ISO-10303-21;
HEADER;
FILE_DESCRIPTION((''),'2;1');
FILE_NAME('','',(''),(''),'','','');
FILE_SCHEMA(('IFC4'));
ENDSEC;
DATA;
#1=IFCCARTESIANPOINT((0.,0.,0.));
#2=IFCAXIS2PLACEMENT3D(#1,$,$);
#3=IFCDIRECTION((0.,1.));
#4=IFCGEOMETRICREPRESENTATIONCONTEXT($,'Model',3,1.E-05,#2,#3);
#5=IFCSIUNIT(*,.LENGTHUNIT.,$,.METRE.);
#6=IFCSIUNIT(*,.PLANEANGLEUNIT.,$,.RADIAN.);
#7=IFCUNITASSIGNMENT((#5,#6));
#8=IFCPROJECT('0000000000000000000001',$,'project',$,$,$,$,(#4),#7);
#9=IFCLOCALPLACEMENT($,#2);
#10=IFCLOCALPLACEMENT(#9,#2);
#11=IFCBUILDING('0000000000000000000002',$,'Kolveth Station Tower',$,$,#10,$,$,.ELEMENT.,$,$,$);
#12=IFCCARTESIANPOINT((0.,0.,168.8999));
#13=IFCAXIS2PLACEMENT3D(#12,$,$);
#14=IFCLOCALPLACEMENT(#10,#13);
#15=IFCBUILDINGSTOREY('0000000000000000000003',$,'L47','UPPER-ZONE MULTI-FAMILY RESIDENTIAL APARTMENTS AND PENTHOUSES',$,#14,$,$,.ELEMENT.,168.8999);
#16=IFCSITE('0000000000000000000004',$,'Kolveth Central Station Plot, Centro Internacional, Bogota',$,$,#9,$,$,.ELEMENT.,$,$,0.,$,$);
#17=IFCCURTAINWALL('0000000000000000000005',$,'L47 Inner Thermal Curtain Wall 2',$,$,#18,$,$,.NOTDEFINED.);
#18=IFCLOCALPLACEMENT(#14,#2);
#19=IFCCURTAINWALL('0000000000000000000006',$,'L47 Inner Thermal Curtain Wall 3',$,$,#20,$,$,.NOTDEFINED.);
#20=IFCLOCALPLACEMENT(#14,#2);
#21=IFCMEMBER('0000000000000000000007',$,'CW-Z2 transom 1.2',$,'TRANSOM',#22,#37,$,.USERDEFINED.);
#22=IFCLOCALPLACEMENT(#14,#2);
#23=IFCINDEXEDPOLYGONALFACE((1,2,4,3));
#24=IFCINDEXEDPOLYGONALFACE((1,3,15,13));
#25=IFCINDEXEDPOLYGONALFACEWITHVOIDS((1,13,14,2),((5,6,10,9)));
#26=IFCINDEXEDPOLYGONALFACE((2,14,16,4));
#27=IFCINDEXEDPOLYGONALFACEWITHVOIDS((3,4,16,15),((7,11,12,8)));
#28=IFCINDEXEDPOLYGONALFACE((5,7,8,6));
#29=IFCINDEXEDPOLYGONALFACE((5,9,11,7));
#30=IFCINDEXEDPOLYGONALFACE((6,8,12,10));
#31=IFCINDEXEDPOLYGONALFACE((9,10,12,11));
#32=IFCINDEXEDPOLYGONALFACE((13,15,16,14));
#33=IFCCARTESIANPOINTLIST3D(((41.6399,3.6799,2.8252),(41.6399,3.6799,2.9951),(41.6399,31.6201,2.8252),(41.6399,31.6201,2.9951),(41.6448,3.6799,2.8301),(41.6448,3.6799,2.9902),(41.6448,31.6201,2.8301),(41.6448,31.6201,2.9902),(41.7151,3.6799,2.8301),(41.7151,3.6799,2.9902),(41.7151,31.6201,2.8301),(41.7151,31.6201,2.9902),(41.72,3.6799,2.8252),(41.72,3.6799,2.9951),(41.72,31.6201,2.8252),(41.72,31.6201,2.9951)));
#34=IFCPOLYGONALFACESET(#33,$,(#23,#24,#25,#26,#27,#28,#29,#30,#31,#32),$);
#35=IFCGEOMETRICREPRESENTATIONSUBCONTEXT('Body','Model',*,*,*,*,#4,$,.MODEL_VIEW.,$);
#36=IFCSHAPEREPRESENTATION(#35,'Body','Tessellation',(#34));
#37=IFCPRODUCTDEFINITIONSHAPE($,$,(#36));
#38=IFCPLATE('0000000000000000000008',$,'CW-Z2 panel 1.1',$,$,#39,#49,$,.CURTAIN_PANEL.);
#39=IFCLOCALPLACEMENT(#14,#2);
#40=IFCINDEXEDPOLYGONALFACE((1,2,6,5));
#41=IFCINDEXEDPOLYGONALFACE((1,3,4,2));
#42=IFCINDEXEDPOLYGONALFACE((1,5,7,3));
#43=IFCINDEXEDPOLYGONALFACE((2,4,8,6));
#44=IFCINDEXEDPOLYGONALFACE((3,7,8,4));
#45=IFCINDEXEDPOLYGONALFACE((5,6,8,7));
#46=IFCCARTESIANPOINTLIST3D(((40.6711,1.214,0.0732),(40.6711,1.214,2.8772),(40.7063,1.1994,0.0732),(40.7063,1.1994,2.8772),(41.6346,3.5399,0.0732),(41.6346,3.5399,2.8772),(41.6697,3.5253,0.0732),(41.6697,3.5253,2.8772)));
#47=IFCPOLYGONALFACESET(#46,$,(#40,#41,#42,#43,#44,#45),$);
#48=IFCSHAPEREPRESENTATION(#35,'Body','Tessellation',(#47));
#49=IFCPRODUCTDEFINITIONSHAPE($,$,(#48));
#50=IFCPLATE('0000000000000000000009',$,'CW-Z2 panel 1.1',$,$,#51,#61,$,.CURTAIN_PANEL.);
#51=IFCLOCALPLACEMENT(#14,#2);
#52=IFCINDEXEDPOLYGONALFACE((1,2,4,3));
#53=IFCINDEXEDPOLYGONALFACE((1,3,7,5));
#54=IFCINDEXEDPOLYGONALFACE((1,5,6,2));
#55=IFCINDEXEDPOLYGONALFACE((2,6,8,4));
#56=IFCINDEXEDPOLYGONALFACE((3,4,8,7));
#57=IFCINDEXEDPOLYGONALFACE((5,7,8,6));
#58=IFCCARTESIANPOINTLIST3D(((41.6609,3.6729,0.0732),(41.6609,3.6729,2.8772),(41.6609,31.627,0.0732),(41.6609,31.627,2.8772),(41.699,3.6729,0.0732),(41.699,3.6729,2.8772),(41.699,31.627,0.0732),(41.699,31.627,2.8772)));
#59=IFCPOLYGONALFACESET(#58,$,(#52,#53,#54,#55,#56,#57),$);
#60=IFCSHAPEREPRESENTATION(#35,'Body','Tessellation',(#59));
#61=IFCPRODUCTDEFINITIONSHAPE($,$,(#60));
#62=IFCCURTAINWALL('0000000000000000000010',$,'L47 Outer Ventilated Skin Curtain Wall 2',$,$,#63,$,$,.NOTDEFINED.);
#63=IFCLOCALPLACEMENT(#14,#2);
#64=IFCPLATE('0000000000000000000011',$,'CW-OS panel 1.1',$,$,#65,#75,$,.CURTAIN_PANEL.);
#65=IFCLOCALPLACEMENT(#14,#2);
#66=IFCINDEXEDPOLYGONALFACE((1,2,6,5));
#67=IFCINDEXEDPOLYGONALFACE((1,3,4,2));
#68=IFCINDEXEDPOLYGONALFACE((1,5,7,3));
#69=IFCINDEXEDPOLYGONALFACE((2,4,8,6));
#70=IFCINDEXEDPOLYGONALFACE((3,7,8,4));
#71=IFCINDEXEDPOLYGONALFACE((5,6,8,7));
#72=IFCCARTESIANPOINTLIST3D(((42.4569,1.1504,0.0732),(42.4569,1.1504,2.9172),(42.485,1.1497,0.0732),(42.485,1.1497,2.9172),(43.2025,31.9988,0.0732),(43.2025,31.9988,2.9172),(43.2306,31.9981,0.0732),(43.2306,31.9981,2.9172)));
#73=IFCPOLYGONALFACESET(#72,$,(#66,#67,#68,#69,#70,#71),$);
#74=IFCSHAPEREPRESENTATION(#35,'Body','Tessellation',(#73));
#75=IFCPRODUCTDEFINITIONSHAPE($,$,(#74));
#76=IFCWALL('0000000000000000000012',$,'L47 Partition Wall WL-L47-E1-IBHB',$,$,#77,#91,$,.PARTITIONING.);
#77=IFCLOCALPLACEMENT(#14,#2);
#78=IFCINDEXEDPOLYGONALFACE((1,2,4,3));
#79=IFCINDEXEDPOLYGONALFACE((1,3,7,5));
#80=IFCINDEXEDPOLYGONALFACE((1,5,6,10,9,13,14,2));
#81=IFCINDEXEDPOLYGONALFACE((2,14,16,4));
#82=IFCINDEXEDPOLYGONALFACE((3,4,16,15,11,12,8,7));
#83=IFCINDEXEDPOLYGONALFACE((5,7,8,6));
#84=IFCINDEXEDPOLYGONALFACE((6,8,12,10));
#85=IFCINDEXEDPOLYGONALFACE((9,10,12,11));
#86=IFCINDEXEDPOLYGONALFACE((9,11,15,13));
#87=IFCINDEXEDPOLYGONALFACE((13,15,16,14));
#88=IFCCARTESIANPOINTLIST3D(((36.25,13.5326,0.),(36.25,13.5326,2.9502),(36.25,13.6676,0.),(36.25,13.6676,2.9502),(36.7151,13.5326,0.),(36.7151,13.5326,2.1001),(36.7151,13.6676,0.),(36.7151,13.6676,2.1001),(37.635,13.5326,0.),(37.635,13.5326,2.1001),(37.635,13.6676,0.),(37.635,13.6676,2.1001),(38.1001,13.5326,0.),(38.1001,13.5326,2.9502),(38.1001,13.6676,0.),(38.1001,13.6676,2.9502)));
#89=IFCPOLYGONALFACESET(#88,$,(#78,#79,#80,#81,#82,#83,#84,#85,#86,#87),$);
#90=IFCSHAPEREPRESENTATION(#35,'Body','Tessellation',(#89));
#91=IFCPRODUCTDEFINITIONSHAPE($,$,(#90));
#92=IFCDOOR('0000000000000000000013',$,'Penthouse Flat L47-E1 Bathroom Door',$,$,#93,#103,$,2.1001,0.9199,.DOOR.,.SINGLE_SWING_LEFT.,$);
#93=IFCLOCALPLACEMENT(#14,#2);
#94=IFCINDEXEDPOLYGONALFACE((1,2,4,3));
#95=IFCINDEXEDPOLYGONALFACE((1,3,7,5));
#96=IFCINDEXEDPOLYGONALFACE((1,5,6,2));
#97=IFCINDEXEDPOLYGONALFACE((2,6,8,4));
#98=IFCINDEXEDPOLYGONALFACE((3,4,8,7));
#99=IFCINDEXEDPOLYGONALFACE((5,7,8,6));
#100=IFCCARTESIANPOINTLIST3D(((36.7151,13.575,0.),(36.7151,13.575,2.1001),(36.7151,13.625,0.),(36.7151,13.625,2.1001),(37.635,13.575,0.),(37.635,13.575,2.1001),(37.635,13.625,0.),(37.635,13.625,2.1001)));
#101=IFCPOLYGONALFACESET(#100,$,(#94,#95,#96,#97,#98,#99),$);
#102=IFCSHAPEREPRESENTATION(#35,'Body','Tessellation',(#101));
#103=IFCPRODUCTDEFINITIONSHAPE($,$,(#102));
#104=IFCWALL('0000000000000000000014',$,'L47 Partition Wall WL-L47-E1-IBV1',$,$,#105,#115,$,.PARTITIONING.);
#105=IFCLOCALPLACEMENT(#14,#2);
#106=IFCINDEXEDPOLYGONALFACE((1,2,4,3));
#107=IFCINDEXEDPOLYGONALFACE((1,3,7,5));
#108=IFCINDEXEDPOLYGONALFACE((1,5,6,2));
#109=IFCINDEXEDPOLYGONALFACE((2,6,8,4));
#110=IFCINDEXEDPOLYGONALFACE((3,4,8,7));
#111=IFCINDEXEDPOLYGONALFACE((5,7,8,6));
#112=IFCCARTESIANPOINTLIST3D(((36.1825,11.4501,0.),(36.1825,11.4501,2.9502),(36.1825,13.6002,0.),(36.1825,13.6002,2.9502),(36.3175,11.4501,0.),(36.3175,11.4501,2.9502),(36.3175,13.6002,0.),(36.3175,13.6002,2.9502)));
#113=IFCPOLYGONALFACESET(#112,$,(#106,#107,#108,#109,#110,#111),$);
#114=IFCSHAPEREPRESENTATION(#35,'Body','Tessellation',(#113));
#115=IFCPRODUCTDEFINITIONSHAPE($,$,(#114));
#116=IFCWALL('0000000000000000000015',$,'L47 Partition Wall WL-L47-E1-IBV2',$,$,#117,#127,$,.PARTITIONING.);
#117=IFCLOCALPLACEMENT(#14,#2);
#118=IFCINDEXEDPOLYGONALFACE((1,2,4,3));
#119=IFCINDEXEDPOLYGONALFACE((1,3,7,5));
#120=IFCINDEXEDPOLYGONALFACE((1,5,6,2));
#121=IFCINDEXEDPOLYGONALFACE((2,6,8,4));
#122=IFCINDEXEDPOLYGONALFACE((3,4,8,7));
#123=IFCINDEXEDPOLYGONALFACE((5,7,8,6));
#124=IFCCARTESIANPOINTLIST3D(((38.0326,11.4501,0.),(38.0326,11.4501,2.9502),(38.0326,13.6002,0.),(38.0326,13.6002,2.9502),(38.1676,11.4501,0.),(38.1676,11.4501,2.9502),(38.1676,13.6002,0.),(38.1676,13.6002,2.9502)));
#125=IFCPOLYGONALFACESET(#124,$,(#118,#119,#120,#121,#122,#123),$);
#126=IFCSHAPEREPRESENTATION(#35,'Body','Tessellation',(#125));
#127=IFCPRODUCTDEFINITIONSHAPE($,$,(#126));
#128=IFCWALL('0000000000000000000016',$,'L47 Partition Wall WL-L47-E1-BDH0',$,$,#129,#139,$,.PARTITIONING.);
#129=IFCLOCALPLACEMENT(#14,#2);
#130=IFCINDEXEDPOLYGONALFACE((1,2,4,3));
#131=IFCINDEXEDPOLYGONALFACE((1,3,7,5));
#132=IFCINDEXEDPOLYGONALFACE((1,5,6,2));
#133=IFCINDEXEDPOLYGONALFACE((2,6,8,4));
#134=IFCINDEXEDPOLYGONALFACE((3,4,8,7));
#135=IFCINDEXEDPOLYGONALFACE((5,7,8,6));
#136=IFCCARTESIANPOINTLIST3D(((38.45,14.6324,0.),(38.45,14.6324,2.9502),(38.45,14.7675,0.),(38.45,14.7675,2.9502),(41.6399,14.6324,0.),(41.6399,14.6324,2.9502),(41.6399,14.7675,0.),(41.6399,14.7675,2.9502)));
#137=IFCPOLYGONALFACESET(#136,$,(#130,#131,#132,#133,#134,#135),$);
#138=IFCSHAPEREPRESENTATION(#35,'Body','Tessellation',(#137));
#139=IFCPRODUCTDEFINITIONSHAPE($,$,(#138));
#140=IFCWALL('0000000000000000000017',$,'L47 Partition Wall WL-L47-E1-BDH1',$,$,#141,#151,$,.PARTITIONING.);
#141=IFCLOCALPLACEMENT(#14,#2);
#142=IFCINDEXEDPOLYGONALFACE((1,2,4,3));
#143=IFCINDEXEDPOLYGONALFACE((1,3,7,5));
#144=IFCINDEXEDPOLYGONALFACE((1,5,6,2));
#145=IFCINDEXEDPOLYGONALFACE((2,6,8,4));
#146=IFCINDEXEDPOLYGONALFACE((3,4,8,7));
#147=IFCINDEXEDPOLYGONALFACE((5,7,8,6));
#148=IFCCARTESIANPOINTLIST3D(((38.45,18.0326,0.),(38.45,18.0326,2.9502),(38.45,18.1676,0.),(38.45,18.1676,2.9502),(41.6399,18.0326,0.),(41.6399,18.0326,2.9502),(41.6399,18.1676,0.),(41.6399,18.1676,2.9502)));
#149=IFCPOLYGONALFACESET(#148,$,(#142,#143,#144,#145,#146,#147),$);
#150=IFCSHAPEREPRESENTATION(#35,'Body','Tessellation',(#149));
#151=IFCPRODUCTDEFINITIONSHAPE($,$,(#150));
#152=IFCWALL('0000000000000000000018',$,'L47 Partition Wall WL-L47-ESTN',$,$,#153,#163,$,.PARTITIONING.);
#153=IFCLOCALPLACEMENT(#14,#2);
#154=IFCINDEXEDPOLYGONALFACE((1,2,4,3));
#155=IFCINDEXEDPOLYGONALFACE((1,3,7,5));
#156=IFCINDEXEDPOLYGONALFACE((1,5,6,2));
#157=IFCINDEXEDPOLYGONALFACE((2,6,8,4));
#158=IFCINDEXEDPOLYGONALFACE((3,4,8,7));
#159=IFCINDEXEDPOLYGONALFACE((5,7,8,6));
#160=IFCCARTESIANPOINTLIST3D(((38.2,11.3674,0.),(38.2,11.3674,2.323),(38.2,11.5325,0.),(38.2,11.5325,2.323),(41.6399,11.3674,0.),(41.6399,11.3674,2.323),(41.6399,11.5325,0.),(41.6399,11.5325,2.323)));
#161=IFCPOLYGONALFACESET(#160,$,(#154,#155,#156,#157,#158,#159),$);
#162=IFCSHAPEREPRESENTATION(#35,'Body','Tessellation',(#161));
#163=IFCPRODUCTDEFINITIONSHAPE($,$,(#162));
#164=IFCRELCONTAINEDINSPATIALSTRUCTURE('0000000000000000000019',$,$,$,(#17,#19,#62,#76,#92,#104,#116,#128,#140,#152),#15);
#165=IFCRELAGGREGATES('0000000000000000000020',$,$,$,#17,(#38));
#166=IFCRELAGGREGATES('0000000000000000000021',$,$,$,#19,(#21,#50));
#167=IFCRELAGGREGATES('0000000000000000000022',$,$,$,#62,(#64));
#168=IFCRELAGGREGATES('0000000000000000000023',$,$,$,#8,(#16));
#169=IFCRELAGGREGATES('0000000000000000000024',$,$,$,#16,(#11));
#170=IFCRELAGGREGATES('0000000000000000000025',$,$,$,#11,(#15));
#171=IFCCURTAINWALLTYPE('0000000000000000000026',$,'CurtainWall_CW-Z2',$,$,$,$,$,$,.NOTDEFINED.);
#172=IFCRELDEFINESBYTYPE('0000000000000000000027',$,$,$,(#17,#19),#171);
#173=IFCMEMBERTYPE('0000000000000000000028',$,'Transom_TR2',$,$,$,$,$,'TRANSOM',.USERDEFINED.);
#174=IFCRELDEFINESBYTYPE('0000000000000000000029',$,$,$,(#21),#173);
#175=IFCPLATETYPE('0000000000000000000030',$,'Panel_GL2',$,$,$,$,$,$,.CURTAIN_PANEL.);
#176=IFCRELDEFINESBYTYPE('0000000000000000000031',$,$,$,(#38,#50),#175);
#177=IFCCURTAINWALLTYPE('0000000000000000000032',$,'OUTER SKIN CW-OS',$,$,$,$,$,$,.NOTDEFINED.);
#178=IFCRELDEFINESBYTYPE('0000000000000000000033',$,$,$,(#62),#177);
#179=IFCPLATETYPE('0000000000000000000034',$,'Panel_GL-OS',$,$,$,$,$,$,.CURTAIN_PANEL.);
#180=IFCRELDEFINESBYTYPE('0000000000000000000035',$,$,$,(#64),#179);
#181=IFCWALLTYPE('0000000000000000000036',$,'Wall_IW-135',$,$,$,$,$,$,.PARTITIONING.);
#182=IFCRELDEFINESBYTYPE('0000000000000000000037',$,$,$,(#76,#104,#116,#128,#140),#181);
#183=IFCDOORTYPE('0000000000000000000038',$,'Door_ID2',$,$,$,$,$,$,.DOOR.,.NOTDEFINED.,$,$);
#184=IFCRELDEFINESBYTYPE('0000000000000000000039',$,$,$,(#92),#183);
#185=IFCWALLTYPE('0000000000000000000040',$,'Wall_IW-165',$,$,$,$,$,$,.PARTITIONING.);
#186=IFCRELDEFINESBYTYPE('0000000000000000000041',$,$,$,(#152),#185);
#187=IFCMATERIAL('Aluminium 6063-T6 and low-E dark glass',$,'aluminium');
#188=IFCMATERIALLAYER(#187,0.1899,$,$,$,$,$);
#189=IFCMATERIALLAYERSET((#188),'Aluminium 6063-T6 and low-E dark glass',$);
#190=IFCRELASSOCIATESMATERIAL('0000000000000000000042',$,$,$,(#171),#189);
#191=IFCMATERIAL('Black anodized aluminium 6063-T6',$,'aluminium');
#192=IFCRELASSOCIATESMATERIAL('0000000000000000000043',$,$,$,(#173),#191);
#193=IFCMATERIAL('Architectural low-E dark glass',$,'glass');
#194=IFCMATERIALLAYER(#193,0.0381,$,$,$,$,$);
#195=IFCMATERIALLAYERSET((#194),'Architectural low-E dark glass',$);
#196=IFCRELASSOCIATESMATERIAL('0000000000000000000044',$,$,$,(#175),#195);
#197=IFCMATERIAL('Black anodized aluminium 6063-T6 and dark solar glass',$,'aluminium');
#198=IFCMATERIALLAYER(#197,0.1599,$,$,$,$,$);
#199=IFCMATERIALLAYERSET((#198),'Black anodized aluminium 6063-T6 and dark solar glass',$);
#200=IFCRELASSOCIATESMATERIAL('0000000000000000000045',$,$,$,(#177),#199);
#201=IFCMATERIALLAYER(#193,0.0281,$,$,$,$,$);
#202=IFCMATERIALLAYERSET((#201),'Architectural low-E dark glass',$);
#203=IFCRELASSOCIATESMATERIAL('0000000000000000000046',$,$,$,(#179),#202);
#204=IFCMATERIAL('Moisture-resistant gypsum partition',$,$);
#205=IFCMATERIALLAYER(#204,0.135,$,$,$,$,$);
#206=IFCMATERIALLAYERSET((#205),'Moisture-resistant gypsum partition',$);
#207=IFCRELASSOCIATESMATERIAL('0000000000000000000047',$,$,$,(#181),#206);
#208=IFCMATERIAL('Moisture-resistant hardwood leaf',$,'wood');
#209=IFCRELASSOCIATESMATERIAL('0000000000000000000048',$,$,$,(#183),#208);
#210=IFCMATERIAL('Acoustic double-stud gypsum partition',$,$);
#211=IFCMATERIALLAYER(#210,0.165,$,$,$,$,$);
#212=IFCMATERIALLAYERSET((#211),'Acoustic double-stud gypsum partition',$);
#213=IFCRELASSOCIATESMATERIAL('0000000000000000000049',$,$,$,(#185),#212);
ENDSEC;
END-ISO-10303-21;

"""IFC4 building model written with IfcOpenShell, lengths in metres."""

from ifc_helpers import new_model, si_unit, direction, frame, frame_2d, origin, origin_2d, place, context, subcontext, project, spatial, rectangle, hollow_rectangle, extrude, source, transform, mapped, material, layer, layer_set, material_profile, profile_set, type_object, element, fill, aggregate, save


model = new_model("IFC4")

# Units and contexts
model_context = context("Model", 3, precision=1e-05, world=origin(), true_north=direction((0.0, 1.0)))
body_context = subcontext(model_context, "Body", "Model", "MODEL_VIEW")
ifc_project = project(units=[si_unit("LENGTHUNIT", "METRE"), si_unit("PLANEANGLEUNIT", "RADIAN")], contexts=[model_context])

# Site, building, storey
site_placement = place(None, origin())
site = spatial("IfcSite", under=ifc_project, at=site_placement, Name="Kolveth Central Station Plot, Centro Internacional, Bogota", CompositionType="ELEMENT", RefElevation=0.0)
building_placement = place(site_placement, origin())
building = spatial("IfcBuilding", under=site, at=building_placement, Name="Kolveth Station Tower", CompositionType="ELEMENT")
storey_placement = place(building_placement, frame((0.0, 0.0, 168.8999)))
storey = spatial("IfcBuildingStorey", under=building, at=storey_placement, Name="L47", Description="UPPER-ZONE MULTI-FAMILY RESIDENTIAL APARTMENTS AND PENTHOUSES", CompositionType="ELEMENT", Elevation=168.8999)

# Curtain wall
ifc_material_1 = material(Name="Aluminium 6063-T6 and low-E dark glass", Category="aluminium")
ifc_layer_1 = layer(ifc_material_1, 0.1899)
ifc_layer_set_1 = layer_set([ifc_layer_1], Name="Aluminium 6063-T6 and low-E dark glass")
curtain_wall_type_1 = type_object("IfcCurtainWallType", Name="CurtainWall_CW-Z2", PredefinedType="NOTDEFINED", material=ifc_layer_set_1)
curtain_wall_1_placement = place(storey_placement, origin())
curtain_wall_1 = element("IfcCurtainWall", 1, at=curtain_wall_1_placement, inside=storey, type_object=curtain_wall_type_1, Name="L47 Inner Thermal Curtain Wall 2", PredefinedType="NOTDEFINED")
ifc_material_2 = material(Name="Black anodized aluminium 6063-T6", Category="aluminium")

# Curtain wall, member
curtain_wall_2_placement = place(storey_placement, origin())
curtain_wall_2 = element("IfcCurtainWall", 2, at=curtain_wall_2_placement, inside=storey, type_object=curtain_wall_type_1, Name="L47 Inner Thermal Curtain Wall 3", PredefinedType="NOTDEFINED")
ifc_material_profile_1 = material_profile(ifc_material_2, hollow_rectangle(XDim=0.0801, YDim=0.1699, WallThickness=0.0049, at=origin_2d()), Name="ALU-80x170x5")
ifc_profile_set_1 = profile_set([ifc_material_profile_1], Name="Black anodized aluminium 6063-T6")
member_type_1 = type_object("IfcMemberType", Name="Transom_TR2", ElementType="TRANSOM", PredefinedType="USERDEFINED", material=ifc_profile_set_1)
shared_shape_1 = source(origin(), body_context, "Body", "SweptSolid", [
    extrude(hollow_rectangle(XDim=0.0801, YDim=0.1699, WallThickness=0.0049, at=origin_2d()), origin(), (0.0, 0.0, 1.0), 27.9402),
])
member_1_placement = place(storey_placement, frame((41.6799, 3.6799, 2.9102), z_axis=(0.0, 1.0, 0.0), x_axis=(-1.0, 0.0, 0.0)))
member_1 = element("IfcMember", 3, at=member_1_placement, type_object=member_type_1, Name="CW-Z2 transom 1.2", ObjectType="TRANSOM", PredefinedType="USERDEFINED", context=body_context, shape_type="MappedRepresentation", body=[
    mapped(shared_shape_1, transform((0.0, 0.0, 0.0), x_axis=(1.0, 0.0, 0.0), y_axis=(0.0, 1.0, 0.0), z_axis=(0.0, 0.0, 1.0), scale=1.0)),
])

# Plates
ifc_material_3 = material(Name="Architectural low-E dark glass", Category="glass")
ifc_layer_2 = layer(ifc_material_3, 0.0381)
ifc_layer_set_2 = layer_set([ifc_layer_2], Name="Architectural low-E dark glass")
plate_type_1 = type_object("IfcPlateType", Name="Panel_GL2", PredefinedType="CURTAIN_PANEL", material=ifc_layer_set_2)
shared_shape_2 = source(origin(), body_context, "Body", "SweptSolid", [
    extrude(rectangle(XDim=2.5176, YDim=0.0381, at=origin_2d()), origin(), (0.0, 0.0, 1.0), 2.804),
])
plate_1_placement = place(storey_placement, frame((41.1704, 2.3696, 0.0732), z_axis=(0.0, 0.0, 1.0), x_axis=(0.382698, 0.923874, 0.0)))
plate_1 = element("IfcPlate", 4, at=plate_1_placement, type_object=plate_type_1, Name="CW-Z2 panel 1.1", PredefinedType="CURTAIN_PANEL", context=body_context, shape_type="MappedRepresentation", body=[
    mapped(shared_shape_2, transform((0.0, 0.0, 0.0), x_axis=(1.0, 0.0, 0.0), y_axis=(0.0, 1.0, 0.0), z_axis=(0.0, 0.0, 1.0), scale=1.0)),
])
aggregate(curtain_wall_1, [plate_1])
shared_shape_3 = source(origin(), body_context, "Body", "SweptSolid", [
    extrude(rectangle(XDim=27.9541, YDim=0.0381, at=origin_2d()), origin(), (0.0, 0.0, 1.0), 2.804),
])
plate_2_placement = place(storey_placement, frame((41.6799, 17.6499, 0.0732), z_axis=(0.0, 0.0, 1.0), x_axis=(0.0, 1.0, 0.0)))
plate_2 = element("IfcPlate", 5, at=plate_2_placement, type_object=plate_type_1, Name="CW-Z2 panel 1.1", PredefinedType="CURTAIN_PANEL", context=body_context, shape_type="MappedRepresentation", body=[
    mapped(shared_shape_3, transform((0.0, 0.0, 0.0), x_axis=(1.0, 0.0, 0.0), y_axis=(0.0, 1.0, 0.0), z_axis=(0.0, 0.0, 1.0), scale=1.0)),
])
aggregate(curtain_wall_2, [member_1, plate_2])

# Curtain wall, plate
ifc_material_4 = material(Name="Black anodized aluminium 6063-T6 and dark solar glass", Category="aluminium")
ifc_layer_3 = layer(ifc_material_4, 0.1599)
ifc_layer_set_3 = layer_set([ifc_layer_3], Name="Black anodized aluminium 6063-T6 and dark solar glass")
curtain_wall_type_2 = type_object("IfcCurtainWallType", Name="OUTER SKIN CW-OS", PredefinedType="NOTDEFINED", material=ifc_layer_set_3)
curtain_wall_3_placement = place(storey_placement, origin())
curtain_wall_3 = element("IfcCurtainWall", 6, at=curtain_wall_3_placement, inside=storey, type_object=curtain_wall_type_2, Name="L47 Outer Ventilated Skin Curtain Wall 2", PredefinedType="NOTDEFINED")
ifc_layer_4 = layer(ifc_material_3, 0.0281)
ifc_layer_set_4 = layer_set([ifc_layer_4], Name="Architectural low-E dark glass")
plate_type_2 = type_object("IfcPlateType", Name="Panel_GL-OS", PredefinedType="CURTAIN_PANEL", material=ifc_layer_set_4)
shared_shape_4 = source(origin(), body_context, "Body", "SweptSolid", [
    extrude(rectangle(XDim=30.8574, YDim=0.0281, at=origin_2d()), origin(), (0.0, 0.0, 1.0), 2.844),
])
plate_3_placement = place(storey_placement, frame((42.8438, 16.5742, 0.0732), z_axis=(0.0, 0.0, 1.0), x_axis=(0.024162, 0.999708, 0.0)))
plate_3 = element("IfcPlate", 7, at=plate_3_placement, type_object=plate_type_2, Name="CW-OS panel 1.1", PredefinedType="CURTAIN_PANEL", context=body_context, shape_type="MappedRepresentation", body=[
    mapped(shared_shape_4, transform((0.0, 0.0, 0.0), x_axis=(1.0, 0.0, 0.0), y_axis=(0.0, 1.0, 0.0), z_axis=(0.0, 0.0, 1.0), scale=1.0)),
])
aggregate(curtain_wall_3, [plate_3])

# Wall, opening, door
ifc_material_5 = material(Name="Moisture-resistant gypsum partition")
ifc_layer_5 = layer(ifc_material_5, 0.135)
ifc_layer_set_5 = layer_set([ifc_layer_5], Name="Moisture-resistant gypsum partition")
wall_type_1 = type_object("IfcWallType", Name="Wall_IW-135", PredefinedType="PARTITIONING", material=ifc_layer_set_5)
wall_1_placement = place(storey_placement, frame((36.25, 13.6001, 0.0), z_axis=(0.0, 0.0, 1.0), x_axis=(1.0, 0.0, 0.0)))
wall_1 = element("IfcWall", 8, at=wall_1_placement, inside=storey, type_object=wall_type_1, Name="L47 Partition Wall WL-L47-E1-IBHB", PredefinedType="PARTITIONING", context=body_context, shape_type="SweptSolid", body=[
    extrude(rectangle(XDim=1.8501, YDim=0.135, at=frame_2d((0.925, 0.0))), origin(), (0.0, 0.0, 1.0), 2.9502),
])
opening_1_placement = place(wall_1_placement, frame((0.4651, 0.0, 0.0)))
opening_1 = element("IfcOpeningElement", 9, at=opening_1_placement, cuts=wall_1, PredefinedType="OPENING", context=body_context, shape_type="SweptSolid", body=[
    extrude(rectangle(XDim=0.9199, YDim=2.1001, at=frame_2d((0.46, 1.05))), frame((0.0, 0.0774, 0.0), z_axis=(0.0, -1.0, 0.0), x_axis=(1.0, 0.0, 0.0)), (0.0, 0.0, 1.0), 0.155),
])
ifc_material_6 = material(Name="Moisture-resistant hardwood leaf", Category="wood")
door_type_1 = type_object("IfcDoorType", Name="Door_ID2", OperationType="NOTDEFINED", PredefinedType="DOOR", material=ifc_material_6)
door_1_placement = place(opening_1_placement, origin())
door_1 = element("IfcDoor", 10, at=door_1_placement, inside=storey, type_object=door_type_1, Name="Penthouse Flat L47-E1 Bathroom Door", OperationType="SINGLE_SWING_LEFT", OverallHeight=2.1001, OverallWidth=0.9199, PredefinedType="DOOR", context=body_context, shape_type="SweptSolid", body=[
    extrude(rectangle(XDim=0.9199, YDim=2.1001, at=frame_2d((0.46, 1.05))), frame((0.0, 0.0249, 0.0), z_axis=(0.0, -1.0, 0.0), x_axis=(1.0, 0.0, 0.0)), (0.0, 0.0, 1.0), 0.05),
])
fill(opening_1, door_1)

# Walls
for number, where, z_axis, x_axis, name in (
    (11, (36.25, 11.45, 0.0), (0.0, 0.0, 1.0), (0.0, 1.0, 0.0), "L47 Partition Wall WL-L47-E1-IBV1"),
    (12, (38.1001, 11.45, 0.0), (0.0, 0.0, 1.0), (0.0, 1.0, 0.0), "L47 Partition Wall WL-L47-E1-IBV2"),
):
    element("IfcWall", number, at=place(storey_placement, frame(where, z_axis=z_axis, x_axis=x_axis)), inside=storey, type_object=wall_type_1, Name=name, PredefinedType="PARTITIONING", context=body_context, shape_type="SweptSolid", body=[
        extrude(rectangle(XDim=2.1501, YDim=0.135, at=frame_2d((1.0752, 0.0))), origin(), (0.0, 0.0, 1.0), 2.9502),
    ])
wall_2_placement = place(storey_placement, frame((38.45, 14.7, 0.0), z_axis=(0.0, 0.0, 1.0), x_axis=(1.0, 0.0, 0.0)))
element("IfcWall", 13, at=wall_2_placement, inside=storey, type_object=wall_type_1, Name="L47 Partition Wall WL-L47-E1-BDH0", PredefinedType="PARTITIONING", context=body_context, shape_type="SweptSolid", body=[
    extrude(rectangle(XDim=3.1899, YDim=0.135, at=frame_2d((1.595, 0.0))), origin(), (0.0, 0.0, 1.0), 2.9502),
])

# Wall
wall_3_placement = place(storey_placement, frame((38.45, 18.1001, 0.0), z_axis=(0.0, 0.0, 1.0), x_axis=(1.0, 0.0, 0.0)))
element("IfcWall", 14, at=wall_3_placement, inside=storey, type_object=wall_type_1, Name="L47 Partition Wall WL-L47-E1-BDH1", PredefinedType="PARTITIONING", context=body_context, shape_type="SweptSolid", body=[
    extrude(rectangle(XDim=3.1899, YDim=0.135, at=frame_2d((1.595, 0.0))), origin(), (0.0, 0.0, 1.0), 2.9502),
])

# Shared definitions
ifc_material_7 = material(Name="Acoustic double-stud gypsum partition")
ifc_layer_6 = layer(ifc_material_7, 0.165)
ifc_layer_set_6 = layer_set([ifc_layer_6], Name="Acoustic double-stud gypsum partition")
wall_type_2 = type_object("IfcWallType", Name="Wall_IW-165", PredefinedType="PARTITIONING", material=ifc_layer_set_6)

# Wall
wall_4_placement = place(storey_placement, frame((38.2, 11.45, 0.0), z_axis=(0.0, 0.0, 1.0), x_axis=(1.0, 0.0, 0.0)))
element("IfcWall", 15, at=wall_4_placement, inside=storey, type_object=wall_type_2, Name="L47 Partition Wall WL-L47-ESTN", PredefinedType="PARTITIONING", context=body_context, shape_type="SweptSolid", body=[
    extrude(rectangle(XDim=3.4399, YDim=0.165, at=frame_2d((1.72, 0.0))), origin(), (0.0, 0.0, 1.0), 2.323),
])

save(model, "model.ifc")
